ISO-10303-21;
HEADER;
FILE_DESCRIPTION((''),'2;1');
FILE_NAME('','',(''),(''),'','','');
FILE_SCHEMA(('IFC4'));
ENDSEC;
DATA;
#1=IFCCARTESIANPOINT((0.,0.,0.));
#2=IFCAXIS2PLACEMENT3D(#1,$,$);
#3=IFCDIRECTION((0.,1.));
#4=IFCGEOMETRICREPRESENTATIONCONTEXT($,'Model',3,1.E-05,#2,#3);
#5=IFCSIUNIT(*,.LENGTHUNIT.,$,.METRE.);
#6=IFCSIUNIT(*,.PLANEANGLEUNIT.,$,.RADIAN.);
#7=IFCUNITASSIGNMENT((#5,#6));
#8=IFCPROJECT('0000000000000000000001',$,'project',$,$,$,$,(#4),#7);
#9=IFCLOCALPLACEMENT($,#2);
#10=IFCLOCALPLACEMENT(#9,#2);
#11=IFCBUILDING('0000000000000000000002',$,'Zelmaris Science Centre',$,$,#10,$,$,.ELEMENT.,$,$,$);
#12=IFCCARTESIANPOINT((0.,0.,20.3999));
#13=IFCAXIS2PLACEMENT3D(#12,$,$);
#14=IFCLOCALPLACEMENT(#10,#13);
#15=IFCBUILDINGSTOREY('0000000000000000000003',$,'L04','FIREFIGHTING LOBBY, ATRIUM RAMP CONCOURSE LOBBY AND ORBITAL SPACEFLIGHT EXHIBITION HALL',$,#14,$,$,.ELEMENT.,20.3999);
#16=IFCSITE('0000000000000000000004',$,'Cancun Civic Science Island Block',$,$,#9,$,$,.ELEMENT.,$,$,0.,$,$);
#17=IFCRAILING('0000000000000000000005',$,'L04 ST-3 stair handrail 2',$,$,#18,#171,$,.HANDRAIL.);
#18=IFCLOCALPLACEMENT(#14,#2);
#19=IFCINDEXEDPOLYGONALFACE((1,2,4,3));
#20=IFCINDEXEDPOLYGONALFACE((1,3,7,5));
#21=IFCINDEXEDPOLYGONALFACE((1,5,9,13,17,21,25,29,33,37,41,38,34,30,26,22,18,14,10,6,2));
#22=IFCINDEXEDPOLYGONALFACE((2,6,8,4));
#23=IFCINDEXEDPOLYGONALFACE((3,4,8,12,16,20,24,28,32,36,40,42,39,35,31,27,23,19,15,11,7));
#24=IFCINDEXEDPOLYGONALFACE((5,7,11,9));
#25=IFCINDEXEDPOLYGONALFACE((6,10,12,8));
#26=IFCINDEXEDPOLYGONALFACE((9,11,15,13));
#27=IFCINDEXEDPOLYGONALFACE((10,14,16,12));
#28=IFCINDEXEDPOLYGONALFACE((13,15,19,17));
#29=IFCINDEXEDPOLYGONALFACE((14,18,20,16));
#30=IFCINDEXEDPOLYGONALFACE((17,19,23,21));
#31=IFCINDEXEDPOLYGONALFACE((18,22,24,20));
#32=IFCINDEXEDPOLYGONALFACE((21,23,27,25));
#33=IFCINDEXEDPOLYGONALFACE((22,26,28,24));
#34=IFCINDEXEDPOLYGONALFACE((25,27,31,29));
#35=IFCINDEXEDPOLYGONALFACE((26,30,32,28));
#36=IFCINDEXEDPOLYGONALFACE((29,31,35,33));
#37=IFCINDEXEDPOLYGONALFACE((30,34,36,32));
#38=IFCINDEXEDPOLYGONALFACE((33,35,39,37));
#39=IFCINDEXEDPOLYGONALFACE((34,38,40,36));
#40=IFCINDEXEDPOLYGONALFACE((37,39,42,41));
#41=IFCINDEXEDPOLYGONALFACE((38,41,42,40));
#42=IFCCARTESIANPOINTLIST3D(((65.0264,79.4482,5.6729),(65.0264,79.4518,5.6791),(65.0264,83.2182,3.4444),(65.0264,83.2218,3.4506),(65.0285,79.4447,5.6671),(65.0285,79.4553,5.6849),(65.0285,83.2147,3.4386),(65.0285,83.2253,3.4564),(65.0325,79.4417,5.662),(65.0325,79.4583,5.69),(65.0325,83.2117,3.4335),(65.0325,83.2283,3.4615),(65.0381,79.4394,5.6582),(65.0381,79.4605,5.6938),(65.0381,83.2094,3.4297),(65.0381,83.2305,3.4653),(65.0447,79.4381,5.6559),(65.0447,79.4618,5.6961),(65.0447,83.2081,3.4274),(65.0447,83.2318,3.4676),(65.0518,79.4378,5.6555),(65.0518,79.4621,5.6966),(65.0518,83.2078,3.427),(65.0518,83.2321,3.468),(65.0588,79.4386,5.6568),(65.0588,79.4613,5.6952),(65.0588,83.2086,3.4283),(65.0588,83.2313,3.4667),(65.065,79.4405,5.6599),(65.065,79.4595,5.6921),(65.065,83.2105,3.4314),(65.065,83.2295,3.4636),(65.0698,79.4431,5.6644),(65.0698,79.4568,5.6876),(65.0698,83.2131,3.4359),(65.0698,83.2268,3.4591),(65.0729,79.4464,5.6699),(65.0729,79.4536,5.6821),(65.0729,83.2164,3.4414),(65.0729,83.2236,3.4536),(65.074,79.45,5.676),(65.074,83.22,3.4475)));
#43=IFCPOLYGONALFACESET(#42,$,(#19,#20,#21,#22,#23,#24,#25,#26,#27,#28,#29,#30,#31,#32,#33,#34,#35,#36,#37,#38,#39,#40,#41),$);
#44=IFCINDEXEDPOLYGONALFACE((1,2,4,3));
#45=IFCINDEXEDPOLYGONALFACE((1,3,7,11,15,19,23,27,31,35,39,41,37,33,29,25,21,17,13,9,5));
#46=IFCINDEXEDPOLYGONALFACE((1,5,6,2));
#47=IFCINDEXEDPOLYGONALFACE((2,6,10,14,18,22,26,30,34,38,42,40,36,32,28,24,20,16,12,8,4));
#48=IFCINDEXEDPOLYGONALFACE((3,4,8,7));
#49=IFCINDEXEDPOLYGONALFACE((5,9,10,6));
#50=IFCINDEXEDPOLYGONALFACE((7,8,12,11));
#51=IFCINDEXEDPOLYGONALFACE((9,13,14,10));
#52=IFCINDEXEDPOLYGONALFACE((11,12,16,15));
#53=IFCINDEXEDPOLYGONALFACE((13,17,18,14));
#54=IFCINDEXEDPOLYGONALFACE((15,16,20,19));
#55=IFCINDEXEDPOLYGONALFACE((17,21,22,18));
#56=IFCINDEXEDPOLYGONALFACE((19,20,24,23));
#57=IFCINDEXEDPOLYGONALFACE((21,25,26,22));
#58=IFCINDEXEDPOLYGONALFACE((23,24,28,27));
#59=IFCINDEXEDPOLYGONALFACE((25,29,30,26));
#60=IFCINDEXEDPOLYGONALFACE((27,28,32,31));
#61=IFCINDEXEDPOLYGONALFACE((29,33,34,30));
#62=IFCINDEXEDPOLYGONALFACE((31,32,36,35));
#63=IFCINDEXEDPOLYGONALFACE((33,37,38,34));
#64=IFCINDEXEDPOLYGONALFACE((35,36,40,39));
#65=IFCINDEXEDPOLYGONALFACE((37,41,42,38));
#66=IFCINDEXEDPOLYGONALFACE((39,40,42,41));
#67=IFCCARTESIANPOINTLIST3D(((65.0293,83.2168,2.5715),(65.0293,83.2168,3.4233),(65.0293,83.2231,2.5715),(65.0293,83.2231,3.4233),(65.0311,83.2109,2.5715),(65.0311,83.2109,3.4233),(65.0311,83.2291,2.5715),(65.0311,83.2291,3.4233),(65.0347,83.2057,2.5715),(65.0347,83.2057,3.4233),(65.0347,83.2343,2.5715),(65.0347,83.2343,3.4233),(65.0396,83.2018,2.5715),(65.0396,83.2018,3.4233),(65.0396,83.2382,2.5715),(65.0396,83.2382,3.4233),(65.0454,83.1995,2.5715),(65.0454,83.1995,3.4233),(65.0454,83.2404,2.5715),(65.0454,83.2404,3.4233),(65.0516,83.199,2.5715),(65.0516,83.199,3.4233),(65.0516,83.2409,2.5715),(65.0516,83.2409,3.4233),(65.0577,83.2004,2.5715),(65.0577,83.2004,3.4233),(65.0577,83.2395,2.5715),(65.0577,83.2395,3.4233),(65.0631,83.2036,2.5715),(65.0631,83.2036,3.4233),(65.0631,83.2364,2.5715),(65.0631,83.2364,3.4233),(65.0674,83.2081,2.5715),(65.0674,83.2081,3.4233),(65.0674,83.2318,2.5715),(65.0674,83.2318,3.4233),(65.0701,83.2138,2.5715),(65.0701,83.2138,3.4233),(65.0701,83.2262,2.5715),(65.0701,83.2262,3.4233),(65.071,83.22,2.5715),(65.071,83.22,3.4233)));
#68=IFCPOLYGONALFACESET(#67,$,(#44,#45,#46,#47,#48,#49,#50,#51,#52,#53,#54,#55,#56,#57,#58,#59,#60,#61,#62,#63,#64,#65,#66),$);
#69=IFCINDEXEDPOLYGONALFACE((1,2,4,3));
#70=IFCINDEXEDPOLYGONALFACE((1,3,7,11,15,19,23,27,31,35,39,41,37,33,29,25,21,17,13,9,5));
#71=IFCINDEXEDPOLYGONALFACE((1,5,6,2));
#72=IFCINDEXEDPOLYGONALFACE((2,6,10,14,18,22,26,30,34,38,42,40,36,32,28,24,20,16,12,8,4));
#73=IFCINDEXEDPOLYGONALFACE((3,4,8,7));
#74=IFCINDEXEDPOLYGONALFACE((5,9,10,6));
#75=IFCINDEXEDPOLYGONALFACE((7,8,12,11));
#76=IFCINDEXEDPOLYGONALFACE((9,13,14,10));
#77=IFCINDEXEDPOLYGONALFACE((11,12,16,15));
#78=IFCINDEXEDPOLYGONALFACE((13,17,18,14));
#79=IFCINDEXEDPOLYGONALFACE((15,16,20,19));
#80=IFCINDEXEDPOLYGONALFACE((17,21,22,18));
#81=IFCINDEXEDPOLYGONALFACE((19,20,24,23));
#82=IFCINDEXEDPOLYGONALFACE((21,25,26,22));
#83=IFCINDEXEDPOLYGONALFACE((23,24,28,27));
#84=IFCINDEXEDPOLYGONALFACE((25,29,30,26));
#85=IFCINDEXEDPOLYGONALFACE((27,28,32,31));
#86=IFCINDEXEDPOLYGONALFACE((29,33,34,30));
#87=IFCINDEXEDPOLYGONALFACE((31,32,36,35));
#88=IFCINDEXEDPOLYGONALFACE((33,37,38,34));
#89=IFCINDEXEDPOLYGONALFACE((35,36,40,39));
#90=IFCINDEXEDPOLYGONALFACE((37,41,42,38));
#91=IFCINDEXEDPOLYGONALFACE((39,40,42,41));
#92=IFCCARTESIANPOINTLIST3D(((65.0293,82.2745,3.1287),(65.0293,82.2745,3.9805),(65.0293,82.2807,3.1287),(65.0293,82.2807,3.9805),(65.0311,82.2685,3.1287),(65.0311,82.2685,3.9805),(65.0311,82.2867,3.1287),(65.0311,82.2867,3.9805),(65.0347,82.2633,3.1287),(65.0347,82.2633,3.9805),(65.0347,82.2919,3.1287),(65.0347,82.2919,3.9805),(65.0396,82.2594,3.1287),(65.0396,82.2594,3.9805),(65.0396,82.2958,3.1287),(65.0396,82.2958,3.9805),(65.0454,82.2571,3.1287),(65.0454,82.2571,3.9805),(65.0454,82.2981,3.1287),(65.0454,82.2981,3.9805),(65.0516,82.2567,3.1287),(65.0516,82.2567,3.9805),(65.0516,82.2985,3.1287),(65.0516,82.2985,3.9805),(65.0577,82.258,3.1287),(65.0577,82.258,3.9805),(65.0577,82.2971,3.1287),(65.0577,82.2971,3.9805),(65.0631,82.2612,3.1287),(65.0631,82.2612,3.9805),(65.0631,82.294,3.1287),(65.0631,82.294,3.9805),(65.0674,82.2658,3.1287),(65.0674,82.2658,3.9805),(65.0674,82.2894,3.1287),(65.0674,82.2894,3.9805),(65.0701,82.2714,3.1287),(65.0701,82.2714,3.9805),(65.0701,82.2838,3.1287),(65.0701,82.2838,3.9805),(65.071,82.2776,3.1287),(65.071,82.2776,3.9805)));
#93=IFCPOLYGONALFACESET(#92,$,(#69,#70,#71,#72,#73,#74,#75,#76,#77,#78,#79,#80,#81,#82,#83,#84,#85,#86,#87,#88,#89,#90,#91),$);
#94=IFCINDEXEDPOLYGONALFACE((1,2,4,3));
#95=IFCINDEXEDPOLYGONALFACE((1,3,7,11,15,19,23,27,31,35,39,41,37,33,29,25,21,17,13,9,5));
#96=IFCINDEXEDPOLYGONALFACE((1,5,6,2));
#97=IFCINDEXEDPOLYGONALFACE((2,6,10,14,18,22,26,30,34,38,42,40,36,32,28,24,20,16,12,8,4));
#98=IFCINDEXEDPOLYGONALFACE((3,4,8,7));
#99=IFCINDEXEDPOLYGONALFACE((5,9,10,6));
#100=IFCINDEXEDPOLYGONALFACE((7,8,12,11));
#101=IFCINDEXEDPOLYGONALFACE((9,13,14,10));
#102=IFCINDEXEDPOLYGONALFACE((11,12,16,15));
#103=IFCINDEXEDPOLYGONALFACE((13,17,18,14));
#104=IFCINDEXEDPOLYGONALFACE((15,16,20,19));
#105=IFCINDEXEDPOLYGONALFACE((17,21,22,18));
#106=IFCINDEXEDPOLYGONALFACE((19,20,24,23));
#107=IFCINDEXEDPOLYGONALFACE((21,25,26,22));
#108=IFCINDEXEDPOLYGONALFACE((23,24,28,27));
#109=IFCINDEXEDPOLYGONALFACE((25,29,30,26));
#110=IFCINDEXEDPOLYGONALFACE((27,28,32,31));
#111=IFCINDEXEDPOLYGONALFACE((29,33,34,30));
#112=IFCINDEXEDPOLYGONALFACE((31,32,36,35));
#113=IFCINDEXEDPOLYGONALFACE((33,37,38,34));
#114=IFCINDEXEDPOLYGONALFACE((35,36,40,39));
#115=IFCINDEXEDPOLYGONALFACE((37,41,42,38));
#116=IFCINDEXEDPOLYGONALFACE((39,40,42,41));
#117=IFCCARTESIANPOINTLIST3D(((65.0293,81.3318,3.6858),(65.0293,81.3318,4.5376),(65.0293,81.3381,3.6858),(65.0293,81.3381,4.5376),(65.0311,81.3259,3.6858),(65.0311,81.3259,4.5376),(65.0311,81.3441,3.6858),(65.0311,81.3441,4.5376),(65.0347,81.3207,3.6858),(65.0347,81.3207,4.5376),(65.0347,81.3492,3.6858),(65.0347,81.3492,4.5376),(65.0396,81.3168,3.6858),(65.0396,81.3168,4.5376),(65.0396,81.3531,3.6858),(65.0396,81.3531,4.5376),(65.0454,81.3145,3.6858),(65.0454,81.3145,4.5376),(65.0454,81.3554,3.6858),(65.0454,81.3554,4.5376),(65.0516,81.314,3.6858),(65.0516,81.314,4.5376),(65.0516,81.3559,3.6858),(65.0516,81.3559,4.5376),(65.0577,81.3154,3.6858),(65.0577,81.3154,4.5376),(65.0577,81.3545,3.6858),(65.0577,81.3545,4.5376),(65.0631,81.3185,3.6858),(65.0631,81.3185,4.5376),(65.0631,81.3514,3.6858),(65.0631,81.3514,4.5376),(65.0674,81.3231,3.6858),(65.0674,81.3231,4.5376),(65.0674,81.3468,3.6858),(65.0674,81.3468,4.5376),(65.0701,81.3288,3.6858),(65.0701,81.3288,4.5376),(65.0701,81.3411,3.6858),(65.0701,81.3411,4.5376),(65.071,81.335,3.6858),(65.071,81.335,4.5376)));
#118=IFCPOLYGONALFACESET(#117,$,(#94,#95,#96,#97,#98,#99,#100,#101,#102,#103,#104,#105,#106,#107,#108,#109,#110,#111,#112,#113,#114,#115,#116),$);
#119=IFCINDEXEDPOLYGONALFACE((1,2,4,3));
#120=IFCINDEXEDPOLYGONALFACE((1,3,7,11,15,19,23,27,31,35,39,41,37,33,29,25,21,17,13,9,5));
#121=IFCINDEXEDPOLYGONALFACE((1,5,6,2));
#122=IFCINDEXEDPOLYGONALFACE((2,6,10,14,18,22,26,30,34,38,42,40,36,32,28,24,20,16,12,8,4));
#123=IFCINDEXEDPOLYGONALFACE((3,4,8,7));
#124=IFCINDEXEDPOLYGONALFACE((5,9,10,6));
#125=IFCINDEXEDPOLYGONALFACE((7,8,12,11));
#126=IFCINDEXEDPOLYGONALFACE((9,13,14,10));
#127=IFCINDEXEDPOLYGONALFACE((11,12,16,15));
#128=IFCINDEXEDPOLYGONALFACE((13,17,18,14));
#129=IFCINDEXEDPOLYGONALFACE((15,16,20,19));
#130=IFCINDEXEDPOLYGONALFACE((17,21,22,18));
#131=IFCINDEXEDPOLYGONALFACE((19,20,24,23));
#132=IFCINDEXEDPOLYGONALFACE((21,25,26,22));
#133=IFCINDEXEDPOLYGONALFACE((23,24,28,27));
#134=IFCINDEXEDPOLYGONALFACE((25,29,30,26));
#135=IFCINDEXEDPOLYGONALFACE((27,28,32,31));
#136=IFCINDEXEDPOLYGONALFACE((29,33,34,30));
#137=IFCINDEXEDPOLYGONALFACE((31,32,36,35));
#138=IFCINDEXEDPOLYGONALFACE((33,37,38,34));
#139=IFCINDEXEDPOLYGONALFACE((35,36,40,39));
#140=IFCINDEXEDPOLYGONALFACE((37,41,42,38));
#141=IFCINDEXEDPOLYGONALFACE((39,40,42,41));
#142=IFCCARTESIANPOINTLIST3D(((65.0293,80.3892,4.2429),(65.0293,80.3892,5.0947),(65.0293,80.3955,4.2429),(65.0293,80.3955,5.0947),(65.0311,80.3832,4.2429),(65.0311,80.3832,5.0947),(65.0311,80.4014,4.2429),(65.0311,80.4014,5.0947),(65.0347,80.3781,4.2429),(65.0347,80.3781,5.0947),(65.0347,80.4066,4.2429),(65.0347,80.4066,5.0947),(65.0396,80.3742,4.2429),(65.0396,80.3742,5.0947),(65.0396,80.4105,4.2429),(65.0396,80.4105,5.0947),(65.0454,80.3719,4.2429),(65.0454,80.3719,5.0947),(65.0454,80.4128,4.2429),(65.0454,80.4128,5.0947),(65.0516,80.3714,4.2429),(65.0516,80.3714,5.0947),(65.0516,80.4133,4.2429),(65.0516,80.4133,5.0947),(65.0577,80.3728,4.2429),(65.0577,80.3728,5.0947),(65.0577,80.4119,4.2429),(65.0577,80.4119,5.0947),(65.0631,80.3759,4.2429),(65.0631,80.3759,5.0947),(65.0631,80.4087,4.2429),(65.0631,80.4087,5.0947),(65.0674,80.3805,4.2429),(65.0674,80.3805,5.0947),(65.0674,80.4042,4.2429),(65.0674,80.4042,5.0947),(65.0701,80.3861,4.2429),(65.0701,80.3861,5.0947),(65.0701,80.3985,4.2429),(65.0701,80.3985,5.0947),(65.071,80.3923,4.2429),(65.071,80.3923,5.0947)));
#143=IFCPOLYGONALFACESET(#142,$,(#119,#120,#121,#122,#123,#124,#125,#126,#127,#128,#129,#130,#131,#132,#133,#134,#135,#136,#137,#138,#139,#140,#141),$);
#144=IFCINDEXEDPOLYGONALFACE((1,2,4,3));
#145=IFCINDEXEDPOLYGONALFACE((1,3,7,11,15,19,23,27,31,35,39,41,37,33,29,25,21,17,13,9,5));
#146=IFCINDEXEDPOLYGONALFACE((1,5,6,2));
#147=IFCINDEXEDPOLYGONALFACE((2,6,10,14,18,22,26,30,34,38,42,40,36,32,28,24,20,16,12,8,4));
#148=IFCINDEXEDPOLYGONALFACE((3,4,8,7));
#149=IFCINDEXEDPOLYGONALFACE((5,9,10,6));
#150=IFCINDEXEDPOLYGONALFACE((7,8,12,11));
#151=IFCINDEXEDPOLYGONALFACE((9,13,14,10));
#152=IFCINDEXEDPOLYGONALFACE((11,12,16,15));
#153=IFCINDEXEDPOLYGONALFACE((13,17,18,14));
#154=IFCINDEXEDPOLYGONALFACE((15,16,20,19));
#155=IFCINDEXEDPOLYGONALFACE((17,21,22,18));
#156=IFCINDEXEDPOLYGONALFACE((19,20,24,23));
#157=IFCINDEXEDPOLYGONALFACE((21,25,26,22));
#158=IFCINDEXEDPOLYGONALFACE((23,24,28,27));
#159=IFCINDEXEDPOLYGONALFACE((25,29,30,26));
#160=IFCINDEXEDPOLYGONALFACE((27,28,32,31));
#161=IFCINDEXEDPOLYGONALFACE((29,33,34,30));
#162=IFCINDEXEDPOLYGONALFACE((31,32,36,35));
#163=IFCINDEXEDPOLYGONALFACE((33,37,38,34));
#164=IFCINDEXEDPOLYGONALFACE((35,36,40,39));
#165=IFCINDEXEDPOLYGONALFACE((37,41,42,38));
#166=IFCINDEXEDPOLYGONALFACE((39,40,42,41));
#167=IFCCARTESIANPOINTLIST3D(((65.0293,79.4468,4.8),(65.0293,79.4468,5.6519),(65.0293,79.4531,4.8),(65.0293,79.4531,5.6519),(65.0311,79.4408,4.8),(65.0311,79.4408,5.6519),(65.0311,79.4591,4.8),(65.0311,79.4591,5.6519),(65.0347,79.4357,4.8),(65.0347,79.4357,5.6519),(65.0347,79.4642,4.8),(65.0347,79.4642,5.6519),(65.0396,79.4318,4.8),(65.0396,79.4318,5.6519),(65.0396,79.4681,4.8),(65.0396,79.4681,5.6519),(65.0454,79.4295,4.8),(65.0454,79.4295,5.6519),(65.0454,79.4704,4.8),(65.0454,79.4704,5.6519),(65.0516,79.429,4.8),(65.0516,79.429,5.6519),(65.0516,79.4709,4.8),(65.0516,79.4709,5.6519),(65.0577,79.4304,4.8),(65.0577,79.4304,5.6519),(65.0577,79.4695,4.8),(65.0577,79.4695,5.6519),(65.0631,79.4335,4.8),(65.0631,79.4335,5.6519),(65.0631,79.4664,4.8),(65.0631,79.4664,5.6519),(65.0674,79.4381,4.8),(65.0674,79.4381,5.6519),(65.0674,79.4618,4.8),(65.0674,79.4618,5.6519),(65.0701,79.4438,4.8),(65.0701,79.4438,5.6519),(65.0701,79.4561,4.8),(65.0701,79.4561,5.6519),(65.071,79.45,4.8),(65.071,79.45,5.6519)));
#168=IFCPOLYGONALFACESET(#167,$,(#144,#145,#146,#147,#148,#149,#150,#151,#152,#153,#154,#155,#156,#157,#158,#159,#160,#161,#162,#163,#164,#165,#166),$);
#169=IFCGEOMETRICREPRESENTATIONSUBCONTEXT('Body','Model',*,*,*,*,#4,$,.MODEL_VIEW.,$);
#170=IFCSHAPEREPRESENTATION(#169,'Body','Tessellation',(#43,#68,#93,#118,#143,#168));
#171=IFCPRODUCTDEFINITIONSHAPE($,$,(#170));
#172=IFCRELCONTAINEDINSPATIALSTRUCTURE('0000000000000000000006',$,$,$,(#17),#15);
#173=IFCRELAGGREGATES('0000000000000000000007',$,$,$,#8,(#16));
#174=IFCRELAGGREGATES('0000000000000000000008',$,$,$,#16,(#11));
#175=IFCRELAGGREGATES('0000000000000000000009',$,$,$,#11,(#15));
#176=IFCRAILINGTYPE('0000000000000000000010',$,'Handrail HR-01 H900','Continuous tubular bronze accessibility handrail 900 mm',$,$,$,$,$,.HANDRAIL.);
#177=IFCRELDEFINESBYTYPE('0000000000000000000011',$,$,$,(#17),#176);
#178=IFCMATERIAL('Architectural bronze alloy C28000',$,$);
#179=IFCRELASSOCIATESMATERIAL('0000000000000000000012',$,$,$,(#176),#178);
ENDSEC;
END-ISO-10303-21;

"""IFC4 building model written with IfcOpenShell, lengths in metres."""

from ifc_helpers import new_model, si_unit, direction, frame, origin, origin_2d, place, context, subcontext, project, spatial, circle, extrude, material, type_object, element, save


model = new_model("IFC4")

# Units and contexts
model_context = context("Model", 3, precision=1e-05, world=origin(), true_north=direction((0.0, 1.0)))
body_context = subcontext(model_context, "Body", "Model", "MODEL_VIEW")
ifc_project = project(units=[si_unit("LENGTHUNIT", "METRE"), si_unit("PLANEANGLEUNIT", "RADIAN")], contexts=[model_context])

# Site, building, storey
site_placement = place(None, origin())
site = spatial("IfcSite", under=ifc_project, at=site_placement, Name="Cancun Civic Science Island Block", CompositionType="ELEMENT", RefElevation=0.0)
building_placement = place(site_placement, origin())
building = spatial("IfcBuilding", under=site, at=building_placement, Name="Zelmaris Science Centre", CompositionType="ELEMENT")
storey_placement = place(building_placement, frame((0.0, 0.0, 20.3999)))
storey = spatial("IfcBuildingStorey", under=building, at=storey_placement, Name="L04", Description="FIREFIGHTING LOBBY, ATRIUM RAMP CONCOURSE LOBBY AND ORBITAL SPACEFLIGHT EXHIBITION HALL", CompositionType="ELEMENT", Elevation=20.3999)

# Railing
ifc_material_1 = material(Name="Architectural bronze alloy C28000")
railing_type = type_object("IfcRailingType", Name="Handrail HR-01 H900", Description="Continuous tubular bronze accessibility handrail 900 mm", PredefinedType="HANDRAIL", material=ifc_material_1)
railing_placement = place(storey_placement, frame((65.05, 83.22, 2.5715)))
element("IfcRailing", 1, at=railing_placement, inside=storey, type_object=railing_type, Name="L04 ST-3 stair handrail 2", PredefinedType="HANDRAIL", context=body_context, shape_type="SweptSolid", body=[
    extrude(circle(Radius=0.0239, at=origin_2d()), frame((0.0, 0.0, 0.876), z_axis=(0.0, -0.860849, 0.508861), x_axis=(1.0, 0.0, 0.0)), (0.0, 0.0, 1.0), 4.3794),
    extrude(circle(Radius=0.021, at=origin_2d()), origin(), (0.0, 0.0, 1.0), 0.8518),
    extrude(circle(Radius=0.021, at=origin_2d()), frame((0.0, -0.9424, 0.5571)), (0.0, 0.0, 1.0), 0.8518),
    extrude(circle(Radius=0.021, at=origin_2d()), frame((0.0, -1.885, 1.1143)), (0.0, 0.0, 1.0), 0.8518),
    extrude(circle(Radius=0.021, at=origin_2d()), frame((0.0, -2.8276, 1.6714)), (0.0, 0.0, 1.0), 0.8518),
    extrude(circle(Radius=0.021, at=origin_2d()), frame((0.0, -3.77, 2.2285)), (0.0, 0.0, 1.0), 0.8518),
])

save(model, "model.ifc")
